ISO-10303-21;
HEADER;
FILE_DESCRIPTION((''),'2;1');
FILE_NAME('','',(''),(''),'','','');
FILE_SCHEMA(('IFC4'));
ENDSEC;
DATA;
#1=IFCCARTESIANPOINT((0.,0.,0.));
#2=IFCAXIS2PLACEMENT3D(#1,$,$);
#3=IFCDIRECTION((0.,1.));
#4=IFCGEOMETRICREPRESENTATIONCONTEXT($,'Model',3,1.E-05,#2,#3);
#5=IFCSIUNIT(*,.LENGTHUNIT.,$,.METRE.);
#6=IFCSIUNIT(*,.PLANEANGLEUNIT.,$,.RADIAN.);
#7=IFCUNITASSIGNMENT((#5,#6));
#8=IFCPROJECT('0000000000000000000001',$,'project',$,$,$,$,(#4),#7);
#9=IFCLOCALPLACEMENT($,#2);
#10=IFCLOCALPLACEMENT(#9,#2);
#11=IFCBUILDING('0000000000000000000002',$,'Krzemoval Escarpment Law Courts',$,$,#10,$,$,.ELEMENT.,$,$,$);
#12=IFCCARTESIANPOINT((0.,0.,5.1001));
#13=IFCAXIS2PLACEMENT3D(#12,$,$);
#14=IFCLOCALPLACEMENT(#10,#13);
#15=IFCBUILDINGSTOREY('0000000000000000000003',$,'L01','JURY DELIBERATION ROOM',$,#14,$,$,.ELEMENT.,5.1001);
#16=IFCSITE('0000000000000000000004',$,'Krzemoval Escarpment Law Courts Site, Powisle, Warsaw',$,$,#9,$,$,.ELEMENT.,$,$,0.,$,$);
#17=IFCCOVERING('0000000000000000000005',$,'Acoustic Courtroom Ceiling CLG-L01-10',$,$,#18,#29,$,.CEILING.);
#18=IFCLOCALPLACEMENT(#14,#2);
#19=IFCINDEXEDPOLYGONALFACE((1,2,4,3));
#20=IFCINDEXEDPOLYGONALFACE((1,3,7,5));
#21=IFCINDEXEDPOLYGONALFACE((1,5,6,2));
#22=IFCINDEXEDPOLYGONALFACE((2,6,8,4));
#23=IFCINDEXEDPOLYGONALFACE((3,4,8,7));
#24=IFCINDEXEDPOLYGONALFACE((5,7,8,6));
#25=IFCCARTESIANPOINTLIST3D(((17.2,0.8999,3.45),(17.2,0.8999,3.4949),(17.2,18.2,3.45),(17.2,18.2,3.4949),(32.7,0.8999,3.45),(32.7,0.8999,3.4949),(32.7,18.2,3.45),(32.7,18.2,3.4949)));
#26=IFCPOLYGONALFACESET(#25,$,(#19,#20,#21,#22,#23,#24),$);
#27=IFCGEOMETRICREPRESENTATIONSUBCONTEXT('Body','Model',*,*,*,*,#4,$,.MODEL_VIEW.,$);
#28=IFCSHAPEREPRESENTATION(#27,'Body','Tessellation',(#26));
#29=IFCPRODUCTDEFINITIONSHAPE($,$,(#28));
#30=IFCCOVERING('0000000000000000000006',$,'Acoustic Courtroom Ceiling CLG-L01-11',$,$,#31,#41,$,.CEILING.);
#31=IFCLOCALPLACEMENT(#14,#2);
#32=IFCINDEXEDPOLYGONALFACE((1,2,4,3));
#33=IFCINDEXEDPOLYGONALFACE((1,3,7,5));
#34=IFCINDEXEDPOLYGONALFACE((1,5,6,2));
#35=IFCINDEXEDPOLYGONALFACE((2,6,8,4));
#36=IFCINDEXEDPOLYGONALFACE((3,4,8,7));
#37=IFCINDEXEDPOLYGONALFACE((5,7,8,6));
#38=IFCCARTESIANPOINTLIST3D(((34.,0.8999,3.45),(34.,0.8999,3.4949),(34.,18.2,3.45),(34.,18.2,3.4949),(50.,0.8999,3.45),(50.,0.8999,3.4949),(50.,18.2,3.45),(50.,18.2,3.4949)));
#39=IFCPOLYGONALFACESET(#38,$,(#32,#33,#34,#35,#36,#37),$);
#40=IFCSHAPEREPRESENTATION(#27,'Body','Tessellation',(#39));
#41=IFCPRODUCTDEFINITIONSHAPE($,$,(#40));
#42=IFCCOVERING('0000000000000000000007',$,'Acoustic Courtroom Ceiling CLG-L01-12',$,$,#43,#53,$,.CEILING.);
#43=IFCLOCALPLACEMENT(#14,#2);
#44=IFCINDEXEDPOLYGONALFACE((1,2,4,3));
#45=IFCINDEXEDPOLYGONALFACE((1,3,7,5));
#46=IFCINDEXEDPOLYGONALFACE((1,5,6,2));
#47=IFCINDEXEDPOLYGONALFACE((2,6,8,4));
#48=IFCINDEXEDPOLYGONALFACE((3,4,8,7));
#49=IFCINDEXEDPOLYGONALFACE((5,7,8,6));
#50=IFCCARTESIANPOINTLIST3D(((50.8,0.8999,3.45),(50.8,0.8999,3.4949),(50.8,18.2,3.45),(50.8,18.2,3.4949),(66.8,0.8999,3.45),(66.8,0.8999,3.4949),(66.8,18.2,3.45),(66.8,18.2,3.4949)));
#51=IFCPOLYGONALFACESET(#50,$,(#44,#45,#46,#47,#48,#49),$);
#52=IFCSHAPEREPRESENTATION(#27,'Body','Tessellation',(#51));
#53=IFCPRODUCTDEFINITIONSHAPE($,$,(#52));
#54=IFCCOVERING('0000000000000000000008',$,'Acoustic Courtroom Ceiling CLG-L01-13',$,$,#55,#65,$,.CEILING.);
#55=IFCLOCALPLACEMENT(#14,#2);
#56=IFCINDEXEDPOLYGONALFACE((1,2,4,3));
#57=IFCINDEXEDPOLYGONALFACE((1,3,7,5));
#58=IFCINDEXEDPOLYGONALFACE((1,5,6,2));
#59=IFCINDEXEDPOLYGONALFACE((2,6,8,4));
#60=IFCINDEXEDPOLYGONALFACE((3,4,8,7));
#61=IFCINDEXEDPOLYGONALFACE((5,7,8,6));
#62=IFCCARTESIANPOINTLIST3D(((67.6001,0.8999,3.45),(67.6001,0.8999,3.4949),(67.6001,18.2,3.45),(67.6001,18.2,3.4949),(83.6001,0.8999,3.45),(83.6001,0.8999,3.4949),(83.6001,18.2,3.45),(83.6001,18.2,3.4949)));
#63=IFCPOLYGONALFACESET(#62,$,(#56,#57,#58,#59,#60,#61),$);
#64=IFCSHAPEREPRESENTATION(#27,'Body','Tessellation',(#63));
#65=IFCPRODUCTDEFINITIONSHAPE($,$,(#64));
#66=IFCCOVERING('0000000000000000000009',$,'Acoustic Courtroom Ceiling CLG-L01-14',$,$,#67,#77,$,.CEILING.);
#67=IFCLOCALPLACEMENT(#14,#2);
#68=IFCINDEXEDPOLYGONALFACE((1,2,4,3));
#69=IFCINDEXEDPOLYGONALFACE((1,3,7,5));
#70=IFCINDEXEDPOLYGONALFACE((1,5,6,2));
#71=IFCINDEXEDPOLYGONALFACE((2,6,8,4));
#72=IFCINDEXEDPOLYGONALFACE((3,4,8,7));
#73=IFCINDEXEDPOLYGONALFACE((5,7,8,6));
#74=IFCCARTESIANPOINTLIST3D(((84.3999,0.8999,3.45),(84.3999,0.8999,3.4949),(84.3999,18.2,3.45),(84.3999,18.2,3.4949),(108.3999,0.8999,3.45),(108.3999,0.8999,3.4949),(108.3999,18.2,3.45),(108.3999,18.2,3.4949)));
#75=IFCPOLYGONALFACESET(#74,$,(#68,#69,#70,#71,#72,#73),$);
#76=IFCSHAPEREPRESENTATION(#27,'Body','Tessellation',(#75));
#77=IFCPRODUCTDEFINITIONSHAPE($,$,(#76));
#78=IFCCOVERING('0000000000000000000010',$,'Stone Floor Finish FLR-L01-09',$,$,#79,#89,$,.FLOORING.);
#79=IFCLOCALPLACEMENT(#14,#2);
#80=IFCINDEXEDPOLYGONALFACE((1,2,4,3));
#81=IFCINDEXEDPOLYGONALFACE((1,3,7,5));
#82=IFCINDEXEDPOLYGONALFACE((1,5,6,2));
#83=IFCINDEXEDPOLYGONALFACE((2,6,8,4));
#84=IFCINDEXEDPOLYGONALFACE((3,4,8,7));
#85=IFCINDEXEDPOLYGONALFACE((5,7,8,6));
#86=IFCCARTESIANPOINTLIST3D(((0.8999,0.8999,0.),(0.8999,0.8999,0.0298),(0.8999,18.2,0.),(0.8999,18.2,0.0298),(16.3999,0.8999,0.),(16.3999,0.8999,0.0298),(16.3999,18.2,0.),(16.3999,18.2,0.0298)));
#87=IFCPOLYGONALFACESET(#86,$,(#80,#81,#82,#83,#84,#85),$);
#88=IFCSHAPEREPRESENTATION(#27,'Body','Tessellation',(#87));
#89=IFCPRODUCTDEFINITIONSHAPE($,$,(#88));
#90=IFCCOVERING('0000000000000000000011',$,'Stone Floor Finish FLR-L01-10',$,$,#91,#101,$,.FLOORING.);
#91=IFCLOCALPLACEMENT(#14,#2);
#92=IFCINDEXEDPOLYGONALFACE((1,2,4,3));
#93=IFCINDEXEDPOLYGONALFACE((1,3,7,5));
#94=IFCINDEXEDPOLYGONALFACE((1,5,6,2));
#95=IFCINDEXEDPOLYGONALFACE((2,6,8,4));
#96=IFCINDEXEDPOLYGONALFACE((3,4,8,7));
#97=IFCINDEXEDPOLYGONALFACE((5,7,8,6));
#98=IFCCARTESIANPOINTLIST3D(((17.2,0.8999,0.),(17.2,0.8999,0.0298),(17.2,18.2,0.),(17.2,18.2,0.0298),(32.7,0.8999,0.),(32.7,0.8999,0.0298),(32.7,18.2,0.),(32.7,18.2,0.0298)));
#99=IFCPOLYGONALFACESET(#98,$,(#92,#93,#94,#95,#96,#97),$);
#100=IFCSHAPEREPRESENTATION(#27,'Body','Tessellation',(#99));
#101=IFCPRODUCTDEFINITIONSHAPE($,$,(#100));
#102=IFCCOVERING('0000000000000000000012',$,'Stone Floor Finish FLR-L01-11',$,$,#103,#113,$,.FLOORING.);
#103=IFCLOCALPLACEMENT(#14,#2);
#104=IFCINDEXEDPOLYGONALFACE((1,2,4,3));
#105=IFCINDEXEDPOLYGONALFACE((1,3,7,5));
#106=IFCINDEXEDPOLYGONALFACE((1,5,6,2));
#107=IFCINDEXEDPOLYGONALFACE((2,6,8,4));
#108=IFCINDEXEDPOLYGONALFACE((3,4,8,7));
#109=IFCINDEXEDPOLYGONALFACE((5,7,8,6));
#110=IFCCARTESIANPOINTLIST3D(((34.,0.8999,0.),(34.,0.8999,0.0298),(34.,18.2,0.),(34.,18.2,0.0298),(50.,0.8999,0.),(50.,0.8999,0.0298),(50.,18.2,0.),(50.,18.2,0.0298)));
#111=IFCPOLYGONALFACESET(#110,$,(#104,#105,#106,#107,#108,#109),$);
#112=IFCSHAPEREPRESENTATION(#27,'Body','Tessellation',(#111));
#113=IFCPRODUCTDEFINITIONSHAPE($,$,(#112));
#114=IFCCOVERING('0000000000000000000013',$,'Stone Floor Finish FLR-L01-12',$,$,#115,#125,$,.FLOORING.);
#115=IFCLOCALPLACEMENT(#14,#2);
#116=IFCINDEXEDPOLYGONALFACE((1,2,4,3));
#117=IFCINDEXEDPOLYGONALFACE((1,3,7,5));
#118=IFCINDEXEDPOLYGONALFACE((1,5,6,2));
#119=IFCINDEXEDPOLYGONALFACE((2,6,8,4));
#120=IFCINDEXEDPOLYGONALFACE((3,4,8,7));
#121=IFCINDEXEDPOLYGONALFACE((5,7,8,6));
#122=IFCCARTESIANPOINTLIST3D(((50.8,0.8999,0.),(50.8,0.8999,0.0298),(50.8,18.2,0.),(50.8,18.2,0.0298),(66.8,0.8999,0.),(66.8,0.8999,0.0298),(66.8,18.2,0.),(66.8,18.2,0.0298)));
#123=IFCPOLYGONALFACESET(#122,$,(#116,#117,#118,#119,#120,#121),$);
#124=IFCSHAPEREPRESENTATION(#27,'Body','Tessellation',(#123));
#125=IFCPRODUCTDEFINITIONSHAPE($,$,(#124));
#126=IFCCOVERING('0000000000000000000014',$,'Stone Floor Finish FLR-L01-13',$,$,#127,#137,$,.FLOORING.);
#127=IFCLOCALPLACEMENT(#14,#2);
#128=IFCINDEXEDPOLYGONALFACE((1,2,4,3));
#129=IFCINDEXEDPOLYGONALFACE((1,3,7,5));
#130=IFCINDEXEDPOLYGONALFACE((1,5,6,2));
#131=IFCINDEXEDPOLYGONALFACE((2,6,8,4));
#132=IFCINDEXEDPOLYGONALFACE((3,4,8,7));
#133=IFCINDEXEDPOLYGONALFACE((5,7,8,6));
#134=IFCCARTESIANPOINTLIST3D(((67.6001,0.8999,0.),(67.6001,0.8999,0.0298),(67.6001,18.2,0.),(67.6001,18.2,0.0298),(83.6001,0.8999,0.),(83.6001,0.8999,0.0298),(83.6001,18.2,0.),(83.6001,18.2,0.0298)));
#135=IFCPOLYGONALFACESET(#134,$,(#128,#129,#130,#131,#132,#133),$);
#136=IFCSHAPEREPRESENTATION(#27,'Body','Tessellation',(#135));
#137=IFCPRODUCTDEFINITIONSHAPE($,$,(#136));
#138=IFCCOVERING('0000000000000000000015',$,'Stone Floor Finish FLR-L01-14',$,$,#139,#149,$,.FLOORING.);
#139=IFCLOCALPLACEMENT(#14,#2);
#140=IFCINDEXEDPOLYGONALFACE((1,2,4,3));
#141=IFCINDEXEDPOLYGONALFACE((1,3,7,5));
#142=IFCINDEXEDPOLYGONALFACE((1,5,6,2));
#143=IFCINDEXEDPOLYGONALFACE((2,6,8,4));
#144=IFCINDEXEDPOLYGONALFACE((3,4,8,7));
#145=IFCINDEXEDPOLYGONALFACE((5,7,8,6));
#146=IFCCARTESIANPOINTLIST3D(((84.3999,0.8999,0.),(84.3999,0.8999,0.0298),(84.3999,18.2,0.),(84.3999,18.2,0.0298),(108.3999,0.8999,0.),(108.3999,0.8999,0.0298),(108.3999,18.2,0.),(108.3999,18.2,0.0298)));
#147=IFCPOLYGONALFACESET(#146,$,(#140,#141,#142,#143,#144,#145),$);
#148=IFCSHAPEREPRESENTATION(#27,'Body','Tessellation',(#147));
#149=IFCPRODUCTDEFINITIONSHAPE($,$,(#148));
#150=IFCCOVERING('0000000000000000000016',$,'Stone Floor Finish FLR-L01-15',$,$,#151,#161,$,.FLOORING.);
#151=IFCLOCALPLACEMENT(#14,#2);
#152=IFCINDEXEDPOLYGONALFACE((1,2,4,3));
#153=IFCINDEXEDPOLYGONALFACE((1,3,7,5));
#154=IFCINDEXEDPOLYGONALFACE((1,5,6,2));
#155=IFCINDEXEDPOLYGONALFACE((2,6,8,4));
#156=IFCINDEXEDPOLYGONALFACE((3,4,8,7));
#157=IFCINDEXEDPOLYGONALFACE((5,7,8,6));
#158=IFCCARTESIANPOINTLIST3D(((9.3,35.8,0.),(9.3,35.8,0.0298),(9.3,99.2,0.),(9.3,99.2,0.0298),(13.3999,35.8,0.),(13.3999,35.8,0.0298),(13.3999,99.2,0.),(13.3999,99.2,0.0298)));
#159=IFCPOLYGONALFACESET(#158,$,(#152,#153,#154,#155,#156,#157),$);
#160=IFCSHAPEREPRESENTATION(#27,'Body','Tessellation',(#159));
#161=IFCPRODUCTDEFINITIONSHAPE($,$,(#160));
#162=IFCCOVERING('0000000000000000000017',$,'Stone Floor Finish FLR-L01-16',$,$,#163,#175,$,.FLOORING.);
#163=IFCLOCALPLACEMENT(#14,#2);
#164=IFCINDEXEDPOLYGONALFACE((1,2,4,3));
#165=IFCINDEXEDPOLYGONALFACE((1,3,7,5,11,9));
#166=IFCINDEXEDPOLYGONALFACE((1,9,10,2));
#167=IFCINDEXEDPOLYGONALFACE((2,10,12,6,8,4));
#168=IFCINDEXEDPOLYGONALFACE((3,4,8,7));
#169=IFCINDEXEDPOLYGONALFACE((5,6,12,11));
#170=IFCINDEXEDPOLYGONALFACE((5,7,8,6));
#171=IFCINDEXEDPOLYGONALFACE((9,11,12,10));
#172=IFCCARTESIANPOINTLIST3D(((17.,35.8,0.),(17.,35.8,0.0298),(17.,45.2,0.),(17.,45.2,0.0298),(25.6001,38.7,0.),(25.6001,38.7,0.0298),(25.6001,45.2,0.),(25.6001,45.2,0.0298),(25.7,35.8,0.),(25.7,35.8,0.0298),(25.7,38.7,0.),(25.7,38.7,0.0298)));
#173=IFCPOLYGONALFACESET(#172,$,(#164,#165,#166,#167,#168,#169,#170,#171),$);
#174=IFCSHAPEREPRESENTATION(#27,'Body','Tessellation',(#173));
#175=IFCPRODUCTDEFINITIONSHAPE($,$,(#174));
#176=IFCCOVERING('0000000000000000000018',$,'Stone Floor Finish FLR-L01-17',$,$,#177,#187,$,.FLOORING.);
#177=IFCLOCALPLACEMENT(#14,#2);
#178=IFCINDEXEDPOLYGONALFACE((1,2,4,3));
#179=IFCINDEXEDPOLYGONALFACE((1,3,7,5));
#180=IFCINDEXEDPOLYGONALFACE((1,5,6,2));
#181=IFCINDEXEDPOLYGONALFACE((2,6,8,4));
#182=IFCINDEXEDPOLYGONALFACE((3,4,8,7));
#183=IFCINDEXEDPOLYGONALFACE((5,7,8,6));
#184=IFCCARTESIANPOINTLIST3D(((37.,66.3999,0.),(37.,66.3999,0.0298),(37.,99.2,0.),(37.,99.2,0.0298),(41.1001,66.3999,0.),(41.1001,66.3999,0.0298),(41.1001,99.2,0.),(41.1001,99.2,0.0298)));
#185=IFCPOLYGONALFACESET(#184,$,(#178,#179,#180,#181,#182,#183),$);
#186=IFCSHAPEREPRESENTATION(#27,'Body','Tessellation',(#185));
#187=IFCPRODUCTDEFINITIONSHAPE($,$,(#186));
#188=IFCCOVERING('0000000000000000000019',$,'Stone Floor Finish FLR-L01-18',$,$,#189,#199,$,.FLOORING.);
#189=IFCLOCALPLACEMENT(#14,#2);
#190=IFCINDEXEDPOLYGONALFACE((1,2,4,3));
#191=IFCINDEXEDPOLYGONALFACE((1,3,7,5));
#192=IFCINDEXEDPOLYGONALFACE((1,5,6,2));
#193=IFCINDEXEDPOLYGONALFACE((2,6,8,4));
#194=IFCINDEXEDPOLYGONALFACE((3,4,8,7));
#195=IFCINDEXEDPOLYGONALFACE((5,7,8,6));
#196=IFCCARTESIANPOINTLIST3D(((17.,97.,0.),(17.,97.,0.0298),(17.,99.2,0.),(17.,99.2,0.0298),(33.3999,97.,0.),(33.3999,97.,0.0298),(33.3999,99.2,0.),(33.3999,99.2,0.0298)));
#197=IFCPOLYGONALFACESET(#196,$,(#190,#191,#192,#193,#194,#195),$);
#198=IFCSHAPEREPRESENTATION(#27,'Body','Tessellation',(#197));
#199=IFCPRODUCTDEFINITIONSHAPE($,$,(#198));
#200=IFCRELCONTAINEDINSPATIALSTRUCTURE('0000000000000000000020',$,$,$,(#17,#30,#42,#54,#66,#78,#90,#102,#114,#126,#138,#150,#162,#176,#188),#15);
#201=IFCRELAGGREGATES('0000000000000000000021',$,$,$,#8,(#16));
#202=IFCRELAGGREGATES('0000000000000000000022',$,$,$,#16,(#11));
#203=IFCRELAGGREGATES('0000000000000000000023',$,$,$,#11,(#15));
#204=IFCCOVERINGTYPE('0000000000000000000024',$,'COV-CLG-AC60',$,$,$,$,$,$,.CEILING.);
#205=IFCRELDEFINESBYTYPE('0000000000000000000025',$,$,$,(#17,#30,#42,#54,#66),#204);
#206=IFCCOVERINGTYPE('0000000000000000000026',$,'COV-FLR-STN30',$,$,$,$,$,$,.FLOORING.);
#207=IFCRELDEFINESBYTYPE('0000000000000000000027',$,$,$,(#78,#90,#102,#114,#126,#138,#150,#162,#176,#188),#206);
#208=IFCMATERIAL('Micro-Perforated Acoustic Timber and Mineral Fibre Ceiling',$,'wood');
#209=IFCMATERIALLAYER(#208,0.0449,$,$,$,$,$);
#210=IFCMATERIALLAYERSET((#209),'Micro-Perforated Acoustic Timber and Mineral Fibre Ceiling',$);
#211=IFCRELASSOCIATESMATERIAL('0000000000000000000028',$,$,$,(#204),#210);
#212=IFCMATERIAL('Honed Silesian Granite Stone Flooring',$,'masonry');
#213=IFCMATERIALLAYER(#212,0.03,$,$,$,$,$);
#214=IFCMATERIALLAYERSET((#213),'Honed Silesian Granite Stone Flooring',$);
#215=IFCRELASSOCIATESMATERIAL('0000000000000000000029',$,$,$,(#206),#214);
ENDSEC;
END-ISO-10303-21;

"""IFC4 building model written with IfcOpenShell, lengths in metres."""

from ifc_helpers import new_model, si_unit, direction, frame, origin, place, context, subcontext, project, spatial, polyline, outline, extrude, material, layer, layer_set, type_object, element, save


model = new_model("IFC4")

# Units and contexts
model_context = context("Model", 3, precision=1e-05, world=origin(), true_north=direction((0.0, 1.0)))
body_context = subcontext(model_context, "Body", "Model", "MODEL_VIEW")
ifc_project = project(units=[si_unit("LENGTHUNIT", "METRE"), si_unit("PLANEANGLEUNIT", "RADIAN")], contexts=[model_context])

# Site, building, storey
site_placement = place(None, origin())
site = spatial("IfcSite", under=ifc_project, at=site_placement, Name="Krzemoval Escarpment Law Courts Site, Powisle, Warsaw", CompositionType="ELEMENT", RefElevation=0.0)
building_placement = place(site_placement, origin())
building = spatial("IfcBuilding", under=site, at=building_placement, Name="Krzemoval Escarpment Law Courts", CompositionType="ELEMENT")
storey_placement = place(building_placement, frame((0.0, 0.0, 5.1001)))
storey = spatial("IfcBuildingStorey", under=building, at=storey_placement, Name="L01", Description="JURY DELIBERATION ROOM", CompositionType="ELEMENT", Elevation=5.1001)

# Coverings
ifc_material_1 = material(Name="Micro-Perforated Acoustic Timber and Mineral Fibre Ceiling", Category="wood")
ifc_layer_1 = layer(ifc_material_1, 0.0449)
ifc_layer_set_1 = layer_set([ifc_layer_1], Name="Micro-Perforated Acoustic Timber and Mineral Fibre Ceiling")
covering_type_1 = type_object("IfcCoveringType", Name="COV-CLG-AC60", PredefinedType="CEILING", material=ifc_layer_set_1)
covering_1_placement = place(storey_placement, frame((0.0, 0.0, 3.45)))
element("IfcCovering", 1, at=covering_1_placement, inside=storey, type_object=covering_type_1, Name="Acoustic Courtroom Ceiling CLG-L01-10", PredefinedType="CEILING", context=body_context, shape_type="SweptSolid", body=[
    extrude(outline(polyline([(17.2, 0.8999), (17.2, 18.2), (32.7, 18.2), (32.7, 0.8999), (17.2, 0.8999)])), origin(), (0.0, 0.0, 1.0), 0.0449),
])
covering_2_placement = place(storey_placement, frame((0.0, 0.0, 3.45)))
element("IfcCovering", 2, at=covering_2_placement, inside=storey, type_object=covering_type_1, Name="Acoustic Courtroom Ceiling CLG-L01-11", PredefinedType="CEILING", context=body_context, shape_type="SweptSolid", body=[
    extrude(outline(polyline([(34.0, 0.8999), (34.0, 18.2), (50.0, 18.2), (50.0, 0.8999), (34.0, 0.8999)])), origin(), (0.0, 0.0, 1.0), 0.0449),
])
covering_3_placement = place(storey_placement, frame((0.0, 0.0, 3.45)))
element("IfcCovering", 3, at=covering_3_placement, inside=storey, type_object=covering_type_1, Name="Acoustic Courtroom Ceiling CLG-L01-12", PredefinedType="CEILING", context=body_context, shape_type="SweptSolid", body=[
    extrude(outline(polyline([(50.8, 0.8999), (50.8, 18.2), (66.8, 18.2), (66.8, 0.8999), (50.8, 0.8999)])), origin(), (0.0, 0.0, 1.0), 0.0449),
])
covering_4_placement = place(storey_placement, frame((0.0, 0.0, 3.45)))
element("IfcCovering", 4, at=covering_4_placement, inside=storey, type_object=covering_type_1, Name="Acoustic Courtroom Ceiling CLG-L01-13", PredefinedType="CEILING", context=body_context, shape_type="SweptSolid", body=[
    extrude(outline(polyline([(67.6001, 0.8999), (67.6001, 18.2), (83.6001, 18.2), (83.6001, 0.8999), (67.6001, 0.8999)])), origin(), (0.0, 0.0, 1.0), 0.0449),
])
covering_5_placement = place(storey_placement, frame((0.0, 0.0, 3.45)))
element("IfcCovering", 5, at=covering_5_placement, inside=storey, type_object=covering_type_1, Name="Acoustic Courtroom Ceiling CLG-L01-14", PredefinedType="CEILING", context=body_context, shape_type="SweptSolid", body=[
    extrude(outline(polyline([(84.3999, 0.8999), (84.3999, 18.2), (108.3999, 18.2), (108.3999, 0.8999), (84.3999, 0.8999)])), origin(), (0.0, 0.0, 1.0), 0.0449),
])
ifc_material_2 = material(Name="Honed Silesian Granite Stone Flooring", Category="masonry")
ifc_layer_2 = layer(ifc_material_2, 0.03)
ifc_layer_set_2 = layer_set([ifc_layer_2], Name="Honed Silesian Granite Stone Flooring")
covering_type_2 = type_object("IfcCoveringType", Name="COV-FLR-STN30", PredefinedType="FLOORING", material=ifc_layer_set_2)
covering_6_placement = place(storey_placement, origin())
element("IfcCovering", 6, at=covering_6_placement, inside=storey, type_object=covering_type_2, Name="Stone Floor Finish FLR-L01-09", PredefinedType="FLOORING", context=body_context, shape_type="SweptSolid", body=[
    extrude(outline(polyline([(0.8999, 0.8999), (0.8999, 18.2), (16.3999, 18.2), (16.3999, 0.8999), (0.8999, 0.8999)])), origin(), (0.0, 0.0, 1.0), 0.0298),
])
covering_7_placement = place(storey_placement, origin())
element("IfcCovering", 7, at=covering_7_placement, inside=storey, type_object=covering_type_2, Name="Stone Floor Finish FLR-L01-10", PredefinedType="FLOORING", context=body_context, shape_type="SweptSolid", body=[
    extrude(outline(polyline([(17.2, 0.8999), (17.2, 18.2), (32.7, 18.2), (32.7, 0.8999), (17.2, 0.8999)])), origin(), (0.0, 0.0, 1.0), 0.0298),
])
covering_8_placement = place(storey_placement, origin())
element("IfcCovering", 8, at=covering_8_placement, inside=storey, type_object=covering_type_2, Name="Stone Floor Finish FLR-L01-11", PredefinedType="FLOORING", context=body_context, shape_type="SweptSolid", body=[
    extrude(outline(polyline([(34.0, 0.8999), (34.0, 18.2), (50.0, 18.2), (50.0, 0.8999), (34.0, 0.8999)])), origin(), (0.0, 0.0, 1.0), 0.0298),
])
covering_9_placement = place(storey_placement, origin())
element("IfcCovering", 9, at=covering_9_placement, inside=storey, type_object=covering_type_2, Name="Stone Floor Finish FLR-L01-12", PredefinedType="FLOORING", context=body_context, shape_type="SweptSolid", body=[
    extrude(outline(polyline([(50.8, 0.8999), (50.8, 18.2), (66.8, 18.2), (66.8, 0.8999), (50.8, 0.8999)])), origin(), (0.0, 0.0, 1.0), 0.0298),
])
covering_10_placement = place(storey_placement, origin())
element("IfcCovering", 10, at=covering_10_placement, inside=storey, type_object=covering_type_2, Name="Stone Floor Finish FLR-L01-13", PredefinedType="FLOORING", context=body_context, shape_type="SweptSolid", body=[
    extrude(outline(polyline([(67.6001, 0.8999), (67.6001, 18.2), (83.6001, 18.2), (83.6001, 0.8999), (67.6001, 0.8999)])), origin(), (0.0, 0.0, 1.0), 0.0298),
])
covering_11_placement = place(storey_placement, origin())
element("IfcCovering", 11, at=covering_11_placement, inside=storey, type_object=covering_type_2, Name="Stone Floor Finish FLR-L01-14", PredefinedType="FLOORING", context=body_context, shape_type="SweptSolid", body=[
    extrude(outline(polyline([(84.3999, 0.8999), (84.3999, 18.2), (108.3999, 18.2), (108.3999, 0.8999), (84.3999, 0.8999)])), origin(), (0.0, 0.0, 1.0), 0.0298),
])
covering_12_placement = place(storey_placement, origin())
element("IfcCovering", 12, at=covering_12_placement, inside=storey, type_object=covering_type_2, Name="Stone Floor Finish FLR-L01-15", PredefinedType="FLOORING", context=body_context, shape_type="SweptSolid", body=[
    extrude(outline(polyline([(9.3, 35.8), (9.3, 99.2), (13.3999, 99.2), (13.3999, 35.8), (9.3, 35.8)])), origin(), (0.0, 0.0, 1.0), 0.0298),
])
covering_13_placement = place(storey_placement, origin())
element("IfcCovering", 13, at=covering_13_placement, inside=storey, type_object=covering_type_2, Name="Stone Floor Finish FLR-L01-16", PredefinedType="FLOORING", context=body_context, shape_type="SweptSolid", body=[
    extrude(outline(polyline([(25.7, 35.8), (17.0, 35.8), (17.0, 45.2), (25.6001, 45.2), (25.6001, 38.7), (25.7, 38.7), (25.7, 35.8)])), origin(), (0.0, 0.0, 1.0), 0.0298),
])
covering_14_placement = place(storey_placement, origin())
element("IfcCovering", 14, at=covering_14_placement, inside=storey, type_object=covering_type_2, Name="Stone Floor Finish FLR-L01-17", PredefinedType="FLOORING", context=body_context, shape_type="SweptSolid", body=[
    extrude(outline(polyline([(37.0, 66.3999), (37.0, 99.2), (41.1001, 99.2), (41.1001, 66.3999), (37.0, 66.3999)])), origin(), (0.0, 0.0, 1.0), 0.0298),
])
covering_15_placement = place(storey_placement, origin())
element("IfcCovering", 15, at=covering_15_placement, inside=storey, type_object=covering_type_2, Name="Stone Floor Finish FLR-L01-18", PredefinedType="FLOORING", context=body_context, shape_type="SweptSolid", body=[
    extrude(outline(polyline([(17.0, 97.0), (17.0, 99.2), (33.3999, 99.2), (33.3999, 97.0), (17.0, 97.0)])), origin(), (0.0, 0.0, 1.0), 0.0298),
])

save(model, "model.ifc")
